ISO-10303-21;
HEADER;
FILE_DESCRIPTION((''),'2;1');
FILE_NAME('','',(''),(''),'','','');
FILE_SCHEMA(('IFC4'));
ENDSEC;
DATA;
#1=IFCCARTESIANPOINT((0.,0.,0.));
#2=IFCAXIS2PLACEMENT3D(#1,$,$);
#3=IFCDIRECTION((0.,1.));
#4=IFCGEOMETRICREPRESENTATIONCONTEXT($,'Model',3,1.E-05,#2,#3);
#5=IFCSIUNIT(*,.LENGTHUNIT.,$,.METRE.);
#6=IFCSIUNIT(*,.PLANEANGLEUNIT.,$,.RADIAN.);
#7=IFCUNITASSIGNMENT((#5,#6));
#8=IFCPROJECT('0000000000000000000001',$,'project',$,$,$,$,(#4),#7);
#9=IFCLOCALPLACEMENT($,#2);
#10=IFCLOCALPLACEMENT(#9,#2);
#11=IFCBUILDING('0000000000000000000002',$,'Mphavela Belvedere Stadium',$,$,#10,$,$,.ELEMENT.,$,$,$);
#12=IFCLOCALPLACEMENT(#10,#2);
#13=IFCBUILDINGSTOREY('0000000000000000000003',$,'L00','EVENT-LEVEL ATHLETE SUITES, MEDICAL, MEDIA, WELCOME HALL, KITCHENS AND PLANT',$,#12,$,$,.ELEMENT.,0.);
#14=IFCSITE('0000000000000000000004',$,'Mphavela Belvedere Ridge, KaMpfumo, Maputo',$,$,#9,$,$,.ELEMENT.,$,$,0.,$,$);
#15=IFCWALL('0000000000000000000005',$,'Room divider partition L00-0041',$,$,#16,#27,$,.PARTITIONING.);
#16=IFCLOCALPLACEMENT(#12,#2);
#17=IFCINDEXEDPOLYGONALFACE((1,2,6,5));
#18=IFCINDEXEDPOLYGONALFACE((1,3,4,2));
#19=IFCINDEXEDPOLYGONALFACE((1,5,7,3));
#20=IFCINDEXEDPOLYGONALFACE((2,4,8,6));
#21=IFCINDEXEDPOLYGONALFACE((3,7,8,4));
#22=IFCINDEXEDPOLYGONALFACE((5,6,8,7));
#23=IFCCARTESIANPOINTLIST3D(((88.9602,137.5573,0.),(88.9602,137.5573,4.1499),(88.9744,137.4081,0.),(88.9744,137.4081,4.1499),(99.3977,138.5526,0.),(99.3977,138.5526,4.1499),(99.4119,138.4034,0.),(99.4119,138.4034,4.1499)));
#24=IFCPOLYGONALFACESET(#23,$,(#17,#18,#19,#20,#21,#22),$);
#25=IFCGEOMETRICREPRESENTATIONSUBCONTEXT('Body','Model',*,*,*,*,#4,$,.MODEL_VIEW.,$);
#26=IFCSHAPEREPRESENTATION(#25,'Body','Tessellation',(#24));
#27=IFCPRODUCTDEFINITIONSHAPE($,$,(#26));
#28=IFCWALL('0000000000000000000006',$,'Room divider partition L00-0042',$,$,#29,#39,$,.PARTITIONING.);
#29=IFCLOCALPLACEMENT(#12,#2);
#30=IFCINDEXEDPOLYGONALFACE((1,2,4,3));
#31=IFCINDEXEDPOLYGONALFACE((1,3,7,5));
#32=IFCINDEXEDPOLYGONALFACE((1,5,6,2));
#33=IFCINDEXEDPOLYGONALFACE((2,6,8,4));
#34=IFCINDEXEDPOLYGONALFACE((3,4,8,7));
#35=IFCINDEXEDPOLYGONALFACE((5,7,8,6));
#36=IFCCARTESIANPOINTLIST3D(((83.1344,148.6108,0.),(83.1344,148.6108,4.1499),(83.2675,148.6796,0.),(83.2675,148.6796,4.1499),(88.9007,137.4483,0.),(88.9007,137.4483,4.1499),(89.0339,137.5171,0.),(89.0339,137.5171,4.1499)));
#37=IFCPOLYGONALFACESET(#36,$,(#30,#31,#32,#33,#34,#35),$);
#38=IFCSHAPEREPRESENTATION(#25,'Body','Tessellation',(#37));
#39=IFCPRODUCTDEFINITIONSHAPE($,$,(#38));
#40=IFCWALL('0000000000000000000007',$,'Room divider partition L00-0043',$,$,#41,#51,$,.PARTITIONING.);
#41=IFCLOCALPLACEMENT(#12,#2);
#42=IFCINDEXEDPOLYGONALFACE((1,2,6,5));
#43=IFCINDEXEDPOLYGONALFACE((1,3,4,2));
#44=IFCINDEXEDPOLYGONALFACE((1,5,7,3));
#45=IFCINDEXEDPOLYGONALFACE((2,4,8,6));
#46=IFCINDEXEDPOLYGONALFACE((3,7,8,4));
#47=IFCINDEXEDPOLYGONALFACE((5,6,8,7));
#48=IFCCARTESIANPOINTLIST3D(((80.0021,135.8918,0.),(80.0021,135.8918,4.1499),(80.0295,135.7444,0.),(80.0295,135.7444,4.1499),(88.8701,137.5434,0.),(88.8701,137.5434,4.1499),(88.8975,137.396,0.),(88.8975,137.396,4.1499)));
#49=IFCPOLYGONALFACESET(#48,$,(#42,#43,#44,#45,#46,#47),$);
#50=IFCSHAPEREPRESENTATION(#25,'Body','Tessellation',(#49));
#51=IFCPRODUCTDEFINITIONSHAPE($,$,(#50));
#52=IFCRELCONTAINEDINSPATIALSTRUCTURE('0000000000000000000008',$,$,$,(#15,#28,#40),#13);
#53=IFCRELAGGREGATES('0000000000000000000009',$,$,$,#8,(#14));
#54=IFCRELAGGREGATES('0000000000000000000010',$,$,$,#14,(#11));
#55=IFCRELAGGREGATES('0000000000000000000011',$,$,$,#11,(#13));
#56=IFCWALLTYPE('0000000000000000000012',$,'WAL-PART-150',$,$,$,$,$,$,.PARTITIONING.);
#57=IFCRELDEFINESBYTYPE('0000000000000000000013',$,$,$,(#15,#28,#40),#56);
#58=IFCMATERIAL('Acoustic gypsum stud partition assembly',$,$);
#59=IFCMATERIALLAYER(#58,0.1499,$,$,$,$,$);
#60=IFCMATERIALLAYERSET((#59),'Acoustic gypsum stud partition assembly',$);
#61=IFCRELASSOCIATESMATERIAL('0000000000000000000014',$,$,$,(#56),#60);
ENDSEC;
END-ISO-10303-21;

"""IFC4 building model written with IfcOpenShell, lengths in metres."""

from ifc_helpers import new_model, si_unit, direction, frame, frame_2d, origin, place, context, subcontext, project, spatial, rectangle, extrude, material, layer, layer_set, type_object, element, save


model = new_model("IFC4")

# Units and contexts
model_context = context("Model", 3, precision=1e-05, world=origin(), true_north=direction((0.0, 1.0)))
body_context = subcontext(model_context, "Body", "Model", "MODEL_VIEW")
ifc_project = project(units=[si_unit("LENGTHUNIT", "METRE"), si_unit("PLANEANGLEUNIT", "RADIAN")], contexts=[model_context])

# Site, building, storey
site_placement = place(None, origin())
site = spatial("IfcSite", under=ifc_project, at=site_placement, Name="Mphavela Belvedere Ridge, KaMpfumo, Maputo", CompositionType="ELEMENT", RefElevation=0.0)
building_placement = place(site_placement, origin())
building = spatial("IfcBuilding", under=site, at=building_placement, Name="Mphavela Belvedere Stadium", CompositionType="ELEMENT")
storey_placement = place(building_placement, origin())
storey = spatial("IfcBuildingStorey", under=building, at=storey_placement, Name="L00", Description="EVENT-LEVEL ATHLETE SUITES, MEDICAL, MEDIA, WELCOME HALL, KITCHENS AND PLANT", CompositionType="ELEMENT", Elevation=0.0)

# Walls
ifc_material_1 = material(Name="Acoustic gypsum stud partition assembly")
ifc_layer_1 = layer(ifc_material_1, 0.1499)
ifc_layer_set_1 = layer_set([ifc_layer_1], Name="Acoustic gypsum stud partition assembly")
wall_type_1 = type_object("IfcWallType", Name="WAL-PART-150", PredefinedType="PARTITIONING", material=ifc_layer_set_1)
wall_1_placement = place(storey_placement, frame((99.4048, 138.478, 0.0), z_axis=(0.0, 0.0, 1.0), x_axis=(-0.995484, -0.094933, 0.0)))
element("IfcWall", 1, at=wall_1_placement, inside=storey, type_object=wall_type_1, Name="Room divider partition L00-0041", PredefinedType="PARTITIONING", context=body_context, shape_type="SweptSolid", body=[
    extrude(rectangle(XDim=10.4849, YDim=0.1499, at=frame_2d((5.2424, 0.0))), origin(), (0.0, 0.0, 1.0), 4.1499),
])
wall_2_placement = place(storey_placement, frame((88.9673, 137.4827, 0.0), z_axis=(0.0, 0.0, 1.0), x_axis=(-0.458958, 0.888458, 0.0)))
element("IfcWall", 2, at=wall_2_placement, inside=storey, type_object=wall_type_1, Name="Room divider partition L00-0042", PredefinedType="PARTITIONING", context=body_context, shape_type="SweptSolid", body=[
    extrude(rectangle(XDim=12.564, YDim=0.1499, at=frame_2d((6.282, 0.0))), origin(), (0.0, 0.0, 1.0), 4.1499),
])
wall_3_placement = place(storey_placement, frame((88.8838, 137.4697, 0.0), z_axis=(0.0, 0.0, 1.0), x_axis=(-0.983095, -0.183097, 0.0)))
element("IfcWall", 3, at=wall_3_placement, inside=storey, type_object=wall_type_1, Name="Room divider partition L00-0043", PredefinedType="PARTITIONING", context=body_context, shape_type="SweptSolid", body=[
    extrude(rectangle(XDim=9.0205, YDim=0.1499, at=frame_2d((4.5103, 0.0))), origin(), (0.0, 0.0, 1.0), 4.1499),
])

save(model, "model.ifc")
